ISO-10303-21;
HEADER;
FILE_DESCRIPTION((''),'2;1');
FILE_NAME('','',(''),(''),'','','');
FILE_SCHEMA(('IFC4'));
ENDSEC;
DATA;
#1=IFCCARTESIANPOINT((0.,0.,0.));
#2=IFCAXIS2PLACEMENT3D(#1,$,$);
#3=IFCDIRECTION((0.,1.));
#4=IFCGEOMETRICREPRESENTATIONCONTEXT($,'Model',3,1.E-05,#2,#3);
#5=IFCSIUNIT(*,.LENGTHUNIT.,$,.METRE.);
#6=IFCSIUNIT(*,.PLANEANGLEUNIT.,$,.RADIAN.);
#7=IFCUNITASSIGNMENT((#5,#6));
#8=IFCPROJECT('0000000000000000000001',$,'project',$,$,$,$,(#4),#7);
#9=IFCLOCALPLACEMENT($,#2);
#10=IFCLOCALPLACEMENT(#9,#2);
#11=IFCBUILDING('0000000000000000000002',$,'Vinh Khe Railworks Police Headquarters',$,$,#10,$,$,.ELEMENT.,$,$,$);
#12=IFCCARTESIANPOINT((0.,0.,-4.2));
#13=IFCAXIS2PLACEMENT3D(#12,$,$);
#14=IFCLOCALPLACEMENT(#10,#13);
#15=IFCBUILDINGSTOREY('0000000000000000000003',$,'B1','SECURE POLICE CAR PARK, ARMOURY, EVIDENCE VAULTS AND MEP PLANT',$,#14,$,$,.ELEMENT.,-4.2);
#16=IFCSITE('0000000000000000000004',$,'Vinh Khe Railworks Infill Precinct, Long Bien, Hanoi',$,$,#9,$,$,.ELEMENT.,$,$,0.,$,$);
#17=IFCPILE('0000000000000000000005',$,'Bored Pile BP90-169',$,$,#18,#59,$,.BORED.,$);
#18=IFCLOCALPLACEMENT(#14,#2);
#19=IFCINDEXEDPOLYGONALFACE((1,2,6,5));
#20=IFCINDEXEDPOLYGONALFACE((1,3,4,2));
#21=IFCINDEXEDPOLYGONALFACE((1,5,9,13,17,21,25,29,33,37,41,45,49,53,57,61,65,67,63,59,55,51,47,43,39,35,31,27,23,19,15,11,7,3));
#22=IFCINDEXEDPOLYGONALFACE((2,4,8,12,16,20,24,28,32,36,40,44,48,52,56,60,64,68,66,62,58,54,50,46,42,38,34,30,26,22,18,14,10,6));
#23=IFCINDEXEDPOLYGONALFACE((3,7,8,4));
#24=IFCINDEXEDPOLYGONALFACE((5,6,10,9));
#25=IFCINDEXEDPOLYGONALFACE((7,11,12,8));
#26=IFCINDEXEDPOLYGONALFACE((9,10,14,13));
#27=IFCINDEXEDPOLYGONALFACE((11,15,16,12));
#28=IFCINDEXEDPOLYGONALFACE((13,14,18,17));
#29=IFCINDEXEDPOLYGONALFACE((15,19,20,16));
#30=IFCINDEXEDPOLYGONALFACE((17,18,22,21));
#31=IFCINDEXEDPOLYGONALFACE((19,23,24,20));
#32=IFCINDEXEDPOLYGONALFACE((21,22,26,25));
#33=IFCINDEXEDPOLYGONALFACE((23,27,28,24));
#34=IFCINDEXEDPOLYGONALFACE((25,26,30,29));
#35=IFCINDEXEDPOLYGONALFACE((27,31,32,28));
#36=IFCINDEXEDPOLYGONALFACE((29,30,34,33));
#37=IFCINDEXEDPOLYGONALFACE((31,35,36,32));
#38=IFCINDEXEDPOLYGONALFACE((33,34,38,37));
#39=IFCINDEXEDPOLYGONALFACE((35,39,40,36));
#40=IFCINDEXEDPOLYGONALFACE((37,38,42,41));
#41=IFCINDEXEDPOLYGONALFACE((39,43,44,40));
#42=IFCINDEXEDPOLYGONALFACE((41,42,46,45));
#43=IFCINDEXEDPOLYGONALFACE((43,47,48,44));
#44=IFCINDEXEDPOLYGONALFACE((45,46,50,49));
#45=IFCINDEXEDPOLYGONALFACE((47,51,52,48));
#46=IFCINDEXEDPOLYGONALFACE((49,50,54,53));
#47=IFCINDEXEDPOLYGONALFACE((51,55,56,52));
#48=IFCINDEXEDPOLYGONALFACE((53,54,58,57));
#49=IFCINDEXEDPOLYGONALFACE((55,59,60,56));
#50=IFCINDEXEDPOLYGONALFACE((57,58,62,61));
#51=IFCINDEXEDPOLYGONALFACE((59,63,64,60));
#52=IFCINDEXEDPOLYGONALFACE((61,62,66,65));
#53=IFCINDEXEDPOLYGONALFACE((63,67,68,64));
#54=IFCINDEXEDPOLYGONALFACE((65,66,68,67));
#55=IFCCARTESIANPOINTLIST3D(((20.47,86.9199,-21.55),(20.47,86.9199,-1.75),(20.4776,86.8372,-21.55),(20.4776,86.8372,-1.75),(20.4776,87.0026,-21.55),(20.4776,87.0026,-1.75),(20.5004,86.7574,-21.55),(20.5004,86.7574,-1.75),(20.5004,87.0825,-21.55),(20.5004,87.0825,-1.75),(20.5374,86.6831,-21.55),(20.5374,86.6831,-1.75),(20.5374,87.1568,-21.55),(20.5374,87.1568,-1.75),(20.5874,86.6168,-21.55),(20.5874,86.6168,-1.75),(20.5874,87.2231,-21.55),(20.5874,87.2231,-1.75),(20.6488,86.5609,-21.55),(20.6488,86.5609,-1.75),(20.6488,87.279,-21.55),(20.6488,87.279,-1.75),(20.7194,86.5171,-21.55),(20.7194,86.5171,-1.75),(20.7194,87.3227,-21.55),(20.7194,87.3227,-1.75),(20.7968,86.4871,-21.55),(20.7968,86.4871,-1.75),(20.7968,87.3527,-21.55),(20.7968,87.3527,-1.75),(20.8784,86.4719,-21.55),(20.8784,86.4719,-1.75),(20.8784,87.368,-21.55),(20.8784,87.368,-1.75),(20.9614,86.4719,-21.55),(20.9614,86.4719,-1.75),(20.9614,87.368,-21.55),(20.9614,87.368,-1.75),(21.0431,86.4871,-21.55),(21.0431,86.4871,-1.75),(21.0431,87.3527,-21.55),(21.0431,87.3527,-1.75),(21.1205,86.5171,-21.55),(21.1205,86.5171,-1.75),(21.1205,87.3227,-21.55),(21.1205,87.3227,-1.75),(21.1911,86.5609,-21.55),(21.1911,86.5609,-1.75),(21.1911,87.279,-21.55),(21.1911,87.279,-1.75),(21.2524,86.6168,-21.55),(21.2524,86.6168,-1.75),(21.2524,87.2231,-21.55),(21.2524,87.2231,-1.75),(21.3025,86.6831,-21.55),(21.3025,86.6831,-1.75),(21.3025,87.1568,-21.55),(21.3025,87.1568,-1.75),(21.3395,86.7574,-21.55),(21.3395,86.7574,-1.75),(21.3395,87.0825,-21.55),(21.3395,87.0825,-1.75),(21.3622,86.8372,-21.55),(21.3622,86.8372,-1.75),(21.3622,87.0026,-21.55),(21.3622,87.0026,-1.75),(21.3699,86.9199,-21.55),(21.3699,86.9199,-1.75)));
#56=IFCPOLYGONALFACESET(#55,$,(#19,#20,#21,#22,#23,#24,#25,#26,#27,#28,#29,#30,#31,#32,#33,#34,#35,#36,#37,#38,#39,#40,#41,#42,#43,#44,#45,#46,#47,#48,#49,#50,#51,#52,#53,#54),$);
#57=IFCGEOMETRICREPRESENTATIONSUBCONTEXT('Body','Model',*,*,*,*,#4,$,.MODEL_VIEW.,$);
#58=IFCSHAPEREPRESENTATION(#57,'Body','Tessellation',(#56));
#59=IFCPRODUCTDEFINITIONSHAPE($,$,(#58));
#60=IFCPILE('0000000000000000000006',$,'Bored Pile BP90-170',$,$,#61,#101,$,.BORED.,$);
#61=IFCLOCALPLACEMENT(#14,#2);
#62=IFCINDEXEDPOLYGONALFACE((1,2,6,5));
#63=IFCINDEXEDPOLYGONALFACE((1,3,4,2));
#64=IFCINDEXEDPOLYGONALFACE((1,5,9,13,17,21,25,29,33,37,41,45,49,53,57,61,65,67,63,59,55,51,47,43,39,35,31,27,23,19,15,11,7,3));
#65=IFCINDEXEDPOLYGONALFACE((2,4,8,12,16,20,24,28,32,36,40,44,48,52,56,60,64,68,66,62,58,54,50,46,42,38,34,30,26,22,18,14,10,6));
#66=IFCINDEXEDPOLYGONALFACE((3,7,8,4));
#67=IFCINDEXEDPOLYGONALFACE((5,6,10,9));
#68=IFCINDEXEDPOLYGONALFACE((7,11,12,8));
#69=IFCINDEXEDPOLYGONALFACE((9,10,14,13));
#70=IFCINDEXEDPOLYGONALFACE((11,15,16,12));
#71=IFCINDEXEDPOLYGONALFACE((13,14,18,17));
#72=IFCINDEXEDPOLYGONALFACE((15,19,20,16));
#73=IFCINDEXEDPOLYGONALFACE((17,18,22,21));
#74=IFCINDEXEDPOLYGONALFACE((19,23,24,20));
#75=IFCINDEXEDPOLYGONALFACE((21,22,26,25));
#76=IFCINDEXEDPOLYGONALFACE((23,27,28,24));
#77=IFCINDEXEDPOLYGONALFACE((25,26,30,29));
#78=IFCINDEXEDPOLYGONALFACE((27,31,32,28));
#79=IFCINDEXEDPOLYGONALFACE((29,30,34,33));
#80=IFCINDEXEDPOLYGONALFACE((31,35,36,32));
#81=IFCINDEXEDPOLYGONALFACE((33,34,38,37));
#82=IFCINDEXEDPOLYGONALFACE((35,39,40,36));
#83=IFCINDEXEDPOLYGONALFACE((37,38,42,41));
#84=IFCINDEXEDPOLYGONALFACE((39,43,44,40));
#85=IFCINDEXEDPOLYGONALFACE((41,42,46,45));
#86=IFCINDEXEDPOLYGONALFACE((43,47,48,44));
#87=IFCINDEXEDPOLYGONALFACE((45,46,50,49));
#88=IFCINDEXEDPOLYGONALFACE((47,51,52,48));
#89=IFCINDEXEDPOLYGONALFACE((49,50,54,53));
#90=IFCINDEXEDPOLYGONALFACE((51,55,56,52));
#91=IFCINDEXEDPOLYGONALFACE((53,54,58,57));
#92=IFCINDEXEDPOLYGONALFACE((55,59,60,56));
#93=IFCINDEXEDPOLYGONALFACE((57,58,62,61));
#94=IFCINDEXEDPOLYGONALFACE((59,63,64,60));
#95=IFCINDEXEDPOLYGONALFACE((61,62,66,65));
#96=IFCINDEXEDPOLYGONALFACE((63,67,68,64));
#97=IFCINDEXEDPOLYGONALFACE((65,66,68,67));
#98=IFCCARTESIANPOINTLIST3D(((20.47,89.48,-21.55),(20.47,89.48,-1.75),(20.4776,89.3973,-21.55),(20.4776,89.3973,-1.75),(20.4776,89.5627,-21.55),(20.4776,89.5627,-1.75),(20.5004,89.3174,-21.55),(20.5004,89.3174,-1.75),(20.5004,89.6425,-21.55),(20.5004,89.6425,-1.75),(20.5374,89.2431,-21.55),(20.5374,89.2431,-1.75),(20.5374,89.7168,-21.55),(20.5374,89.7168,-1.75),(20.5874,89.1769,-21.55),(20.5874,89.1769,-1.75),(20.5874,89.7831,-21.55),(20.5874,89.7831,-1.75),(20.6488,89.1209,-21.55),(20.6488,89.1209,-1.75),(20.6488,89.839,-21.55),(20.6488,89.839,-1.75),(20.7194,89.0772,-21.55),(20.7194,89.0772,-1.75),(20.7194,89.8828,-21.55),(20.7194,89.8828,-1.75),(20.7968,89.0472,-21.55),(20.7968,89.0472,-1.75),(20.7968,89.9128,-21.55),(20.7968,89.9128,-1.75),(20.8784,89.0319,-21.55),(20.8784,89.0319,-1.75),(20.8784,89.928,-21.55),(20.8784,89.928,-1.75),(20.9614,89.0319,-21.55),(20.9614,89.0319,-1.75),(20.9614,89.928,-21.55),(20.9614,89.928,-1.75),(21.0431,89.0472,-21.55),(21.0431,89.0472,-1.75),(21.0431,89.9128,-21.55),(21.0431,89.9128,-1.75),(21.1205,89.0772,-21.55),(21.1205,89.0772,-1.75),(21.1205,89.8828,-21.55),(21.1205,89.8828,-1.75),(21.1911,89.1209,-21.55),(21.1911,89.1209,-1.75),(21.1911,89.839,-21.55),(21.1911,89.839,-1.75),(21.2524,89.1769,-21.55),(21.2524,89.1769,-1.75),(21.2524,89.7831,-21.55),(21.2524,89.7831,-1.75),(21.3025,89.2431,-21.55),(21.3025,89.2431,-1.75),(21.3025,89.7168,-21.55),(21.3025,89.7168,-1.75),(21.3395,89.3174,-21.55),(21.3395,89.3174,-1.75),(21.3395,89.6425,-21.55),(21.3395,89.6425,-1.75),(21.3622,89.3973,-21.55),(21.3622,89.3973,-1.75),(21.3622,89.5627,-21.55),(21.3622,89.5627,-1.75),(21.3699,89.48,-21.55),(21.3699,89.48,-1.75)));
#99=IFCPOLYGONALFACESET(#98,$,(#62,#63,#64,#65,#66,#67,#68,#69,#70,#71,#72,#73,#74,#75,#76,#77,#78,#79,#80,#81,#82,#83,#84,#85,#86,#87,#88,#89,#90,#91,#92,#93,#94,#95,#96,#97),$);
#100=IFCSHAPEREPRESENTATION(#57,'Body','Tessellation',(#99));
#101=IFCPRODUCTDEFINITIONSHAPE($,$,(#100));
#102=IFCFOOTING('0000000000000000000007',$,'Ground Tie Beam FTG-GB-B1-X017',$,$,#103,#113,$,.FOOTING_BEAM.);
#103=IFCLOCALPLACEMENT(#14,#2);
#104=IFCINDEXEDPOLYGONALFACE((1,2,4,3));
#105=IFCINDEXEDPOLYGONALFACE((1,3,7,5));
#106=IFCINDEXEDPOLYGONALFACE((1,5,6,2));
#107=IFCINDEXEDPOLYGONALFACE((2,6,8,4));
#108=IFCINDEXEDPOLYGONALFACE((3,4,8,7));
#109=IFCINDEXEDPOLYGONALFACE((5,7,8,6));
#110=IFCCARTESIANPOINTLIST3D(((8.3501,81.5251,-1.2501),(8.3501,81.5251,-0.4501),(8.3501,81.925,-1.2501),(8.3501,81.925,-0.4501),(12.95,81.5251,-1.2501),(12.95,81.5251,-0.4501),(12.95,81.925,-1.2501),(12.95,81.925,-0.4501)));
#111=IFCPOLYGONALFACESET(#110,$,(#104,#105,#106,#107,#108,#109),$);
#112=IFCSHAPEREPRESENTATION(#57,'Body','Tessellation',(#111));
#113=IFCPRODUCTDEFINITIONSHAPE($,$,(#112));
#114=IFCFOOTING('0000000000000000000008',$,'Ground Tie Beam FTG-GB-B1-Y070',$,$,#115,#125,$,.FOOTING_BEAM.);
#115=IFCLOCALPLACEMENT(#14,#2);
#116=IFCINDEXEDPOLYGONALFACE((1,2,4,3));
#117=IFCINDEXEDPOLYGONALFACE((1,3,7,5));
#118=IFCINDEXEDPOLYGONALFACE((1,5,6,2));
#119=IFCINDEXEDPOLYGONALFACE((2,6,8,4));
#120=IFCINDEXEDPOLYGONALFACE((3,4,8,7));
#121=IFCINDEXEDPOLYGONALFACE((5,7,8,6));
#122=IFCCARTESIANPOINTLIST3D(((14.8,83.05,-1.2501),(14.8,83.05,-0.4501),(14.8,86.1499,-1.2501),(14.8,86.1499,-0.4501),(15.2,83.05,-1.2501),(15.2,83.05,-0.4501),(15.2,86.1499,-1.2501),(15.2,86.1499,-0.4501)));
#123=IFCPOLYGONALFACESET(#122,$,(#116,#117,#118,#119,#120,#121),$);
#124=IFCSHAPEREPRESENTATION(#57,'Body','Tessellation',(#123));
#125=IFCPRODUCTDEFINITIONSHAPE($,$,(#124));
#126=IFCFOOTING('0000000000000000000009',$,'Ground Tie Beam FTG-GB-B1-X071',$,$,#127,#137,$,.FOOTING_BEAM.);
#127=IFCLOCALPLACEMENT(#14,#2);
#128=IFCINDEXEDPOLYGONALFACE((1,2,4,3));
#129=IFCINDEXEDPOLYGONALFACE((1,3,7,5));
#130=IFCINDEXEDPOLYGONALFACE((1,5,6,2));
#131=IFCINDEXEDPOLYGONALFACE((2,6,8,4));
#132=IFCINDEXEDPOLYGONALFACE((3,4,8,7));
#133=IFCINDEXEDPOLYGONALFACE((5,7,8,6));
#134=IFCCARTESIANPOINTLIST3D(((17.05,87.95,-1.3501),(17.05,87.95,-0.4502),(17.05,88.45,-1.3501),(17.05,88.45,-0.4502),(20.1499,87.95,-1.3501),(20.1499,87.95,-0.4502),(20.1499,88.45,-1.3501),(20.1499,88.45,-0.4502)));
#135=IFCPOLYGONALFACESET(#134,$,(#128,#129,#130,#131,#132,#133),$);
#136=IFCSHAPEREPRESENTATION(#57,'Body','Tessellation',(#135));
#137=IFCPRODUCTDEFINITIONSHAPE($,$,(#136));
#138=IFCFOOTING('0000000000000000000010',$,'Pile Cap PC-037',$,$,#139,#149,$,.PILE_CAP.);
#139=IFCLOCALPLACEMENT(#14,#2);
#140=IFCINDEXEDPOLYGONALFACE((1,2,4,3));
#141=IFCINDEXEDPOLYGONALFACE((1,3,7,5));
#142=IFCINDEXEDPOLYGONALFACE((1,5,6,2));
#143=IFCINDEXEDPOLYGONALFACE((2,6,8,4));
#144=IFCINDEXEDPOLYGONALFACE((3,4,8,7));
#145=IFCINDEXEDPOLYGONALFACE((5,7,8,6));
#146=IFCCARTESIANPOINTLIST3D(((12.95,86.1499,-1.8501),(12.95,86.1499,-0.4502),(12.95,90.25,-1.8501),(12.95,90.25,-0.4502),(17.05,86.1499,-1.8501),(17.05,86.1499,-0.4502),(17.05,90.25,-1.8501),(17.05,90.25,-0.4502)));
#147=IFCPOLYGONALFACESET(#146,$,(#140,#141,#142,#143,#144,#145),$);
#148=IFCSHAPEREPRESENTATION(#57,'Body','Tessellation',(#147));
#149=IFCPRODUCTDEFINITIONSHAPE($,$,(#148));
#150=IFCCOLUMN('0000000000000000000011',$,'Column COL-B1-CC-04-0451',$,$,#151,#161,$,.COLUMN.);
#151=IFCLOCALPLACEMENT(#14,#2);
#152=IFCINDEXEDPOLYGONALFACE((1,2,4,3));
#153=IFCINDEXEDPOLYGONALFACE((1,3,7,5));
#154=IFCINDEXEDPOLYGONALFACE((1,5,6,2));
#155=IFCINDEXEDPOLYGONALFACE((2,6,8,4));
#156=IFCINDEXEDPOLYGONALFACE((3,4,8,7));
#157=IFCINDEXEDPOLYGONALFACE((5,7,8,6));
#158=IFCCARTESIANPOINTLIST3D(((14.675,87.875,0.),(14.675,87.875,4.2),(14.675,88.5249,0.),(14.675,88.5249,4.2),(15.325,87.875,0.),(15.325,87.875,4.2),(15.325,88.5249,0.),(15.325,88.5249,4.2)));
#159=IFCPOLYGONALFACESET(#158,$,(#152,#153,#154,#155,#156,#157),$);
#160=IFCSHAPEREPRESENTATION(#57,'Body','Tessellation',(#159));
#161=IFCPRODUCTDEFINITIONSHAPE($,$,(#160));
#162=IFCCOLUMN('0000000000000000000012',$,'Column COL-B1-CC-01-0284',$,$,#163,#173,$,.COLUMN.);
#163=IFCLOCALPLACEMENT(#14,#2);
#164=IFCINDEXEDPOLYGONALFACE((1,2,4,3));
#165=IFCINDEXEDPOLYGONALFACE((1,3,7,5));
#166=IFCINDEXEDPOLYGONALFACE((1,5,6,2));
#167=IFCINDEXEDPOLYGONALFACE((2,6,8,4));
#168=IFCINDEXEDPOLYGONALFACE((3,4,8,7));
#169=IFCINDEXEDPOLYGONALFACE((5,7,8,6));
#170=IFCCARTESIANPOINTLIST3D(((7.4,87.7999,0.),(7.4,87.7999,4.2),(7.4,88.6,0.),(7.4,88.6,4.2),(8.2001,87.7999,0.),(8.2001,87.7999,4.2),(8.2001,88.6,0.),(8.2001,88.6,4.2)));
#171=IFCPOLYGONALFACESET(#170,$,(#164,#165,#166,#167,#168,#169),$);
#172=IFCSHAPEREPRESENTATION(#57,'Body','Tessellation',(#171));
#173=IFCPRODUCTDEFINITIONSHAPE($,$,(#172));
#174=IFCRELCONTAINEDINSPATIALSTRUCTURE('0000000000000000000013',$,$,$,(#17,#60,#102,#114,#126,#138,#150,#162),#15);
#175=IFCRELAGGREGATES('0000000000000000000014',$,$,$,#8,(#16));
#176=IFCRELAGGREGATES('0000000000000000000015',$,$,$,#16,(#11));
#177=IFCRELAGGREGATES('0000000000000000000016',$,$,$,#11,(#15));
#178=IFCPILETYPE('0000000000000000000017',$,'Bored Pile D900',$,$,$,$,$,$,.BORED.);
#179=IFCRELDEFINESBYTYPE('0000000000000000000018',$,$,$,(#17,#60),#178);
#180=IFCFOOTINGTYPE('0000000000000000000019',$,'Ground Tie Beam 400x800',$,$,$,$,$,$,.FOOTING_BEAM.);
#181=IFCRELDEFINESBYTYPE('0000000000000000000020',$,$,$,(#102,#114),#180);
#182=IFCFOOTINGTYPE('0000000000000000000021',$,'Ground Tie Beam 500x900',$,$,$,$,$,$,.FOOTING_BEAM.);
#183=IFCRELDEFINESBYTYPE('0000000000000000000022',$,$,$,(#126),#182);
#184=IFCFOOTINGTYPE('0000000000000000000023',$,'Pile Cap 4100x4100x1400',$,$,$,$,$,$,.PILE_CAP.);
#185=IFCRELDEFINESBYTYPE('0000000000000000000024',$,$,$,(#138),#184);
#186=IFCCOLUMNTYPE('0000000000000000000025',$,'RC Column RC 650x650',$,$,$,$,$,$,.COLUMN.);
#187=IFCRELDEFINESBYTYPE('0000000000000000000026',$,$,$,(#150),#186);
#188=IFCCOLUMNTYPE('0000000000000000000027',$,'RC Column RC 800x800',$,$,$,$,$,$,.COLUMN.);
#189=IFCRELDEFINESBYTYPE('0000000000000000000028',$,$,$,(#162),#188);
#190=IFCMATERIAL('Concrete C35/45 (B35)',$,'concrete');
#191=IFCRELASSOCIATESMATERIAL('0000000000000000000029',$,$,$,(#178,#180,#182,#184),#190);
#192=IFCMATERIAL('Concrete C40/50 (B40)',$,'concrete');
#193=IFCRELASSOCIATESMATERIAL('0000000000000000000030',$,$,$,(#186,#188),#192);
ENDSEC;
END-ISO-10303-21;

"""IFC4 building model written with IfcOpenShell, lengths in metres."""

from ifc_helpers import new_model, si_unit, direction, frame, origin, origin_2d, place, context, subcontext, project, spatial, rectangle, circle, extrude, material, material_profile, profile_set, type_object, element, save


model = new_model("IFC4")

# Units and contexts
model_context = context("Model", 3, precision=1e-05, world=origin(), true_north=direction((0.0, 1.0)))
body_context = subcontext(model_context, "Body", "Model", "MODEL_VIEW")
ifc_project = project(units=[si_unit("LENGTHUNIT", "METRE"), si_unit("PLANEANGLEUNIT", "RADIAN")], contexts=[model_context])

# Site, building, storey
site_placement = place(None, origin())
site = spatial("IfcSite", under=ifc_project, at=site_placement, Name="Vinh Khe Railworks Infill Precinct, Long Bien, Hanoi", CompositionType="ELEMENT", RefElevation=0.0)
building_placement = place(site_placement, origin())
building = spatial("IfcBuilding", under=site, at=building_placement, Name="Vinh Khe Railworks Police Headquarters", CompositionType="ELEMENT")
storey_placement = place(building_placement, frame((0.0, 0.0, -4.2)))
storey = spatial("IfcBuildingStorey", under=building, at=storey_placement, Name="B1", Description="SECURE POLICE CAR PARK, ARMOURY, EVIDENCE VAULTS AND MEP PLANT", CompositionType="ELEMENT", Elevation=-4.2)

# Piles
ifc_material_1 = material(Name="Concrete C35/45 (B35)", Category="concrete")
ifc_material_profile_1 = material_profile(ifc_material_1, circle(Radius=0.45, at=origin_2d()), Name="BORED PILE D900")
ifc_profile_set_1 = profile_set([ifc_material_profile_1], Name="Concrete C35/45 (B35)")
pile_type_1 = type_object("IfcPileType", Name="Bored Pile D900", PredefinedType="BORED", material=ifc_profile_set_1)
for number, where, z_axis, x_axis, name in (
    (1, (20.9199, 86.9199, -1.75), (0.0, 0.0, -1.0), (1.0, 0.0, 0.0), "Bored Pile BP90-169"),
    (2, (20.9199, 89.48, -1.75), (0.0, 0.0, -1.0), (1.0, 0.0, 0.0), "Bored Pile BP90-170"),
):
    element("IfcPile", number, at=place(storey_placement, frame(where, z_axis=z_axis, x_axis=x_axis)), inside=storey, type_object=pile_type_1, Name=name, PredefinedType="BORED", context=body_context, shape_type="SweptSolid", body=[
        extrude(circle(Radius=0.45, at=origin_2d()), origin(), (0.0, 0.0, 1.0), 19.8),
    ])

# Footings
ifc_material_profile_2 = material_profile(ifc_material_1, rectangle(XDim=0.3999, YDim=0.8, at=origin_2d()), Name="RC 400x800")
ifc_profile_set_2 = profile_set([ifc_material_profile_2], Name="Concrete C35/45 (B35)")
footing_type_1 = type_object("IfcFootingType", Name="Ground Tie Beam 400x800", PredefinedType="FOOTING_BEAM", material=ifc_profile_set_2)
footing_1_placement = place(storey_placement, frame((8.3501, 81.7251, -0.8501), z_axis=(1.0, 0.0, 0.0), x_axis=(0.0, 1.0, 0.0)))
element("IfcFooting", 3, at=footing_1_placement, inside=storey, type_object=footing_type_1, Name="Ground Tie Beam FTG-GB-B1-X017", PredefinedType="FOOTING_BEAM", context=body_context, shape_type="SweptSolid", body=[
    extrude(rectangle(XDim=0.3999, YDim=0.8, at=origin_2d()), origin(), (0.0, 0.0, 1.0), 4.5999),
])
footing_2_placement = place(storey_placement, frame((15.0, 83.05, -0.8501), z_axis=(0.0, 1.0, 0.0), x_axis=(-1.0, 0.0, 0.0)))
element("IfcFooting", 4, at=footing_2_placement, inside=storey, type_object=footing_type_1, Name="Ground Tie Beam FTG-GB-B1-Y070", PredefinedType="FOOTING_BEAM", context=body_context, shape_type="SweptSolid", body=[
    extrude(rectangle(XDim=0.3999, YDim=0.8, at=origin_2d()), origin(), (0.0, 0.0, 1.0), 3.0999),
])
ifc_material_profile_3 = material_profile(ifc_material_1, rectangle(XDim=0.5, YDim=0.8999, at=origin_2d()), Name="RC 500x900")
ifc_profile_set_3 = profile_set([ifc_material_profile_3], Name="Concrete C35/45 (B35)")
footing_type_2 = type_object("IfcFootingType", Name="Ground Tie Beam 500x900", PredefinedType="FOOTING_BEAM", material=ifc_profile_set_3)
footing_3_placement = place(storey_placement, frame((17.05, 88.2, -0.9001), z_axis=(1.0, 0.0, 0.0), x_axis=(0.0, 1.0, 0.0)))
element("IfcFooting", 5, at=footing_3_placement, inside=storey, type_object=footing_type_2, Name="Ground Tie Beam FTG-GB-B1-X071", PredefinedType="FOOTING_BEAM", context=body_context, shape_type="SweptSolid", body=[
    extrude(rectangle(XDim=0.5, YDim=0.8999, at=origin_2d()), origin(), (0.0, 0.0, 1.0), 3.0999),
])
footing_type_3 = type_object("IfcFootingType", Name="Pile Cap 4100x4100x1400", PredefinedType="PILE_CAP", material=ifc_material_1)
footing_4_placement = place(storey_placement, frame((15.0, 88.2, -1.8501), z_axis=(0.0, 0.0, 1.0), x_axis=(1.0, 0.0, 0.0)))
element("IfcFooting", 6, at=footing_4_placement, inside=storey, type_object=footing_type_3, Name="Pile Cap PC-037", PredefinedType="PILE_CAP", context=body_context, shape_type="SweptSolid", body=[
    extrude(rectangle(XDim=4.1001, YDim=4.1001, at=origin_2d()), origin(), (0.0, 0.0, 1.0), 1.3999),
])

# Columns
ifc_material_2 = material(Name="Concrete C40/50 (B40)", Category="concrete")
ifc_material_profile_4 = material_profile(ifc_material_2, rectangle(XDim=0.6499, YDim=0.6499, at=origin_2d()), Name="RC 650x650")
ifc_profile_set_4 = profile_set([ifc_material_profile_4], Name="Concrete C40/50 (B40)")
column_type_1 = type_object("IfcColumnType", Name="RC Column RC 650x650", PredefinedType="COLUMN", material=ifc_profile_set_4)
column_1_placement = place(storey_placement, frame((15.0, 88.2, 0.0), z_axis=(0.0, 0.0, 1.0), x_axis=(1.0, 0.0, 0.0)))
element("IfcColumn", 7, at=column_1_placement, inside=storey, type_object=column_type_1, Name="Column COL-B1-CC-04-0451", PredefinedType="COLUMN", context=body_context, shape_type="SweptSolid", body=[
    extrude(rectangle(XDim=0.6499, YDim=0.6499, at=origin_2d()), origin(), (0.0, 0.0, 1.0), 4.2),
])
ifc_material_profile_5 = material_profile(ifc_material_2, rectangle(XDim=0.8, YDim=0.8, at=origin_2d()), Name="RC 800x800")
ifc_profile_set_5 = profile_set([ifc_material_profile_5], Name="Concrete C40/50 (B40)")
column_type_2 = type_object("IfcColumnType", Name="RC Column RC 800x800", PredefinedType="COLUMN", material=ifc_profile_set_5)
column_2_placement = place(storey_placement, frame((7.8, 88.2, 0.0), z_axis=(0.0, 0.0, 1.0), x_axis=(1.0, 0.0, 0.0)))
element("IfcColumn", 8, at=column_2_placement, inside=storey, type_object=column_type_2, Name="Column COL-B1-CC-01-0284", PredefinedType="COLUMN", context=body_context, shape_type="SweptSolid", body=[
    extrude(rectangle(XDim=0.8, YDim=0.8, at=origin_2d()), origin(), (0.0, 0.0, 1.0), 4.2),
])

save(model, "model.ifc")
